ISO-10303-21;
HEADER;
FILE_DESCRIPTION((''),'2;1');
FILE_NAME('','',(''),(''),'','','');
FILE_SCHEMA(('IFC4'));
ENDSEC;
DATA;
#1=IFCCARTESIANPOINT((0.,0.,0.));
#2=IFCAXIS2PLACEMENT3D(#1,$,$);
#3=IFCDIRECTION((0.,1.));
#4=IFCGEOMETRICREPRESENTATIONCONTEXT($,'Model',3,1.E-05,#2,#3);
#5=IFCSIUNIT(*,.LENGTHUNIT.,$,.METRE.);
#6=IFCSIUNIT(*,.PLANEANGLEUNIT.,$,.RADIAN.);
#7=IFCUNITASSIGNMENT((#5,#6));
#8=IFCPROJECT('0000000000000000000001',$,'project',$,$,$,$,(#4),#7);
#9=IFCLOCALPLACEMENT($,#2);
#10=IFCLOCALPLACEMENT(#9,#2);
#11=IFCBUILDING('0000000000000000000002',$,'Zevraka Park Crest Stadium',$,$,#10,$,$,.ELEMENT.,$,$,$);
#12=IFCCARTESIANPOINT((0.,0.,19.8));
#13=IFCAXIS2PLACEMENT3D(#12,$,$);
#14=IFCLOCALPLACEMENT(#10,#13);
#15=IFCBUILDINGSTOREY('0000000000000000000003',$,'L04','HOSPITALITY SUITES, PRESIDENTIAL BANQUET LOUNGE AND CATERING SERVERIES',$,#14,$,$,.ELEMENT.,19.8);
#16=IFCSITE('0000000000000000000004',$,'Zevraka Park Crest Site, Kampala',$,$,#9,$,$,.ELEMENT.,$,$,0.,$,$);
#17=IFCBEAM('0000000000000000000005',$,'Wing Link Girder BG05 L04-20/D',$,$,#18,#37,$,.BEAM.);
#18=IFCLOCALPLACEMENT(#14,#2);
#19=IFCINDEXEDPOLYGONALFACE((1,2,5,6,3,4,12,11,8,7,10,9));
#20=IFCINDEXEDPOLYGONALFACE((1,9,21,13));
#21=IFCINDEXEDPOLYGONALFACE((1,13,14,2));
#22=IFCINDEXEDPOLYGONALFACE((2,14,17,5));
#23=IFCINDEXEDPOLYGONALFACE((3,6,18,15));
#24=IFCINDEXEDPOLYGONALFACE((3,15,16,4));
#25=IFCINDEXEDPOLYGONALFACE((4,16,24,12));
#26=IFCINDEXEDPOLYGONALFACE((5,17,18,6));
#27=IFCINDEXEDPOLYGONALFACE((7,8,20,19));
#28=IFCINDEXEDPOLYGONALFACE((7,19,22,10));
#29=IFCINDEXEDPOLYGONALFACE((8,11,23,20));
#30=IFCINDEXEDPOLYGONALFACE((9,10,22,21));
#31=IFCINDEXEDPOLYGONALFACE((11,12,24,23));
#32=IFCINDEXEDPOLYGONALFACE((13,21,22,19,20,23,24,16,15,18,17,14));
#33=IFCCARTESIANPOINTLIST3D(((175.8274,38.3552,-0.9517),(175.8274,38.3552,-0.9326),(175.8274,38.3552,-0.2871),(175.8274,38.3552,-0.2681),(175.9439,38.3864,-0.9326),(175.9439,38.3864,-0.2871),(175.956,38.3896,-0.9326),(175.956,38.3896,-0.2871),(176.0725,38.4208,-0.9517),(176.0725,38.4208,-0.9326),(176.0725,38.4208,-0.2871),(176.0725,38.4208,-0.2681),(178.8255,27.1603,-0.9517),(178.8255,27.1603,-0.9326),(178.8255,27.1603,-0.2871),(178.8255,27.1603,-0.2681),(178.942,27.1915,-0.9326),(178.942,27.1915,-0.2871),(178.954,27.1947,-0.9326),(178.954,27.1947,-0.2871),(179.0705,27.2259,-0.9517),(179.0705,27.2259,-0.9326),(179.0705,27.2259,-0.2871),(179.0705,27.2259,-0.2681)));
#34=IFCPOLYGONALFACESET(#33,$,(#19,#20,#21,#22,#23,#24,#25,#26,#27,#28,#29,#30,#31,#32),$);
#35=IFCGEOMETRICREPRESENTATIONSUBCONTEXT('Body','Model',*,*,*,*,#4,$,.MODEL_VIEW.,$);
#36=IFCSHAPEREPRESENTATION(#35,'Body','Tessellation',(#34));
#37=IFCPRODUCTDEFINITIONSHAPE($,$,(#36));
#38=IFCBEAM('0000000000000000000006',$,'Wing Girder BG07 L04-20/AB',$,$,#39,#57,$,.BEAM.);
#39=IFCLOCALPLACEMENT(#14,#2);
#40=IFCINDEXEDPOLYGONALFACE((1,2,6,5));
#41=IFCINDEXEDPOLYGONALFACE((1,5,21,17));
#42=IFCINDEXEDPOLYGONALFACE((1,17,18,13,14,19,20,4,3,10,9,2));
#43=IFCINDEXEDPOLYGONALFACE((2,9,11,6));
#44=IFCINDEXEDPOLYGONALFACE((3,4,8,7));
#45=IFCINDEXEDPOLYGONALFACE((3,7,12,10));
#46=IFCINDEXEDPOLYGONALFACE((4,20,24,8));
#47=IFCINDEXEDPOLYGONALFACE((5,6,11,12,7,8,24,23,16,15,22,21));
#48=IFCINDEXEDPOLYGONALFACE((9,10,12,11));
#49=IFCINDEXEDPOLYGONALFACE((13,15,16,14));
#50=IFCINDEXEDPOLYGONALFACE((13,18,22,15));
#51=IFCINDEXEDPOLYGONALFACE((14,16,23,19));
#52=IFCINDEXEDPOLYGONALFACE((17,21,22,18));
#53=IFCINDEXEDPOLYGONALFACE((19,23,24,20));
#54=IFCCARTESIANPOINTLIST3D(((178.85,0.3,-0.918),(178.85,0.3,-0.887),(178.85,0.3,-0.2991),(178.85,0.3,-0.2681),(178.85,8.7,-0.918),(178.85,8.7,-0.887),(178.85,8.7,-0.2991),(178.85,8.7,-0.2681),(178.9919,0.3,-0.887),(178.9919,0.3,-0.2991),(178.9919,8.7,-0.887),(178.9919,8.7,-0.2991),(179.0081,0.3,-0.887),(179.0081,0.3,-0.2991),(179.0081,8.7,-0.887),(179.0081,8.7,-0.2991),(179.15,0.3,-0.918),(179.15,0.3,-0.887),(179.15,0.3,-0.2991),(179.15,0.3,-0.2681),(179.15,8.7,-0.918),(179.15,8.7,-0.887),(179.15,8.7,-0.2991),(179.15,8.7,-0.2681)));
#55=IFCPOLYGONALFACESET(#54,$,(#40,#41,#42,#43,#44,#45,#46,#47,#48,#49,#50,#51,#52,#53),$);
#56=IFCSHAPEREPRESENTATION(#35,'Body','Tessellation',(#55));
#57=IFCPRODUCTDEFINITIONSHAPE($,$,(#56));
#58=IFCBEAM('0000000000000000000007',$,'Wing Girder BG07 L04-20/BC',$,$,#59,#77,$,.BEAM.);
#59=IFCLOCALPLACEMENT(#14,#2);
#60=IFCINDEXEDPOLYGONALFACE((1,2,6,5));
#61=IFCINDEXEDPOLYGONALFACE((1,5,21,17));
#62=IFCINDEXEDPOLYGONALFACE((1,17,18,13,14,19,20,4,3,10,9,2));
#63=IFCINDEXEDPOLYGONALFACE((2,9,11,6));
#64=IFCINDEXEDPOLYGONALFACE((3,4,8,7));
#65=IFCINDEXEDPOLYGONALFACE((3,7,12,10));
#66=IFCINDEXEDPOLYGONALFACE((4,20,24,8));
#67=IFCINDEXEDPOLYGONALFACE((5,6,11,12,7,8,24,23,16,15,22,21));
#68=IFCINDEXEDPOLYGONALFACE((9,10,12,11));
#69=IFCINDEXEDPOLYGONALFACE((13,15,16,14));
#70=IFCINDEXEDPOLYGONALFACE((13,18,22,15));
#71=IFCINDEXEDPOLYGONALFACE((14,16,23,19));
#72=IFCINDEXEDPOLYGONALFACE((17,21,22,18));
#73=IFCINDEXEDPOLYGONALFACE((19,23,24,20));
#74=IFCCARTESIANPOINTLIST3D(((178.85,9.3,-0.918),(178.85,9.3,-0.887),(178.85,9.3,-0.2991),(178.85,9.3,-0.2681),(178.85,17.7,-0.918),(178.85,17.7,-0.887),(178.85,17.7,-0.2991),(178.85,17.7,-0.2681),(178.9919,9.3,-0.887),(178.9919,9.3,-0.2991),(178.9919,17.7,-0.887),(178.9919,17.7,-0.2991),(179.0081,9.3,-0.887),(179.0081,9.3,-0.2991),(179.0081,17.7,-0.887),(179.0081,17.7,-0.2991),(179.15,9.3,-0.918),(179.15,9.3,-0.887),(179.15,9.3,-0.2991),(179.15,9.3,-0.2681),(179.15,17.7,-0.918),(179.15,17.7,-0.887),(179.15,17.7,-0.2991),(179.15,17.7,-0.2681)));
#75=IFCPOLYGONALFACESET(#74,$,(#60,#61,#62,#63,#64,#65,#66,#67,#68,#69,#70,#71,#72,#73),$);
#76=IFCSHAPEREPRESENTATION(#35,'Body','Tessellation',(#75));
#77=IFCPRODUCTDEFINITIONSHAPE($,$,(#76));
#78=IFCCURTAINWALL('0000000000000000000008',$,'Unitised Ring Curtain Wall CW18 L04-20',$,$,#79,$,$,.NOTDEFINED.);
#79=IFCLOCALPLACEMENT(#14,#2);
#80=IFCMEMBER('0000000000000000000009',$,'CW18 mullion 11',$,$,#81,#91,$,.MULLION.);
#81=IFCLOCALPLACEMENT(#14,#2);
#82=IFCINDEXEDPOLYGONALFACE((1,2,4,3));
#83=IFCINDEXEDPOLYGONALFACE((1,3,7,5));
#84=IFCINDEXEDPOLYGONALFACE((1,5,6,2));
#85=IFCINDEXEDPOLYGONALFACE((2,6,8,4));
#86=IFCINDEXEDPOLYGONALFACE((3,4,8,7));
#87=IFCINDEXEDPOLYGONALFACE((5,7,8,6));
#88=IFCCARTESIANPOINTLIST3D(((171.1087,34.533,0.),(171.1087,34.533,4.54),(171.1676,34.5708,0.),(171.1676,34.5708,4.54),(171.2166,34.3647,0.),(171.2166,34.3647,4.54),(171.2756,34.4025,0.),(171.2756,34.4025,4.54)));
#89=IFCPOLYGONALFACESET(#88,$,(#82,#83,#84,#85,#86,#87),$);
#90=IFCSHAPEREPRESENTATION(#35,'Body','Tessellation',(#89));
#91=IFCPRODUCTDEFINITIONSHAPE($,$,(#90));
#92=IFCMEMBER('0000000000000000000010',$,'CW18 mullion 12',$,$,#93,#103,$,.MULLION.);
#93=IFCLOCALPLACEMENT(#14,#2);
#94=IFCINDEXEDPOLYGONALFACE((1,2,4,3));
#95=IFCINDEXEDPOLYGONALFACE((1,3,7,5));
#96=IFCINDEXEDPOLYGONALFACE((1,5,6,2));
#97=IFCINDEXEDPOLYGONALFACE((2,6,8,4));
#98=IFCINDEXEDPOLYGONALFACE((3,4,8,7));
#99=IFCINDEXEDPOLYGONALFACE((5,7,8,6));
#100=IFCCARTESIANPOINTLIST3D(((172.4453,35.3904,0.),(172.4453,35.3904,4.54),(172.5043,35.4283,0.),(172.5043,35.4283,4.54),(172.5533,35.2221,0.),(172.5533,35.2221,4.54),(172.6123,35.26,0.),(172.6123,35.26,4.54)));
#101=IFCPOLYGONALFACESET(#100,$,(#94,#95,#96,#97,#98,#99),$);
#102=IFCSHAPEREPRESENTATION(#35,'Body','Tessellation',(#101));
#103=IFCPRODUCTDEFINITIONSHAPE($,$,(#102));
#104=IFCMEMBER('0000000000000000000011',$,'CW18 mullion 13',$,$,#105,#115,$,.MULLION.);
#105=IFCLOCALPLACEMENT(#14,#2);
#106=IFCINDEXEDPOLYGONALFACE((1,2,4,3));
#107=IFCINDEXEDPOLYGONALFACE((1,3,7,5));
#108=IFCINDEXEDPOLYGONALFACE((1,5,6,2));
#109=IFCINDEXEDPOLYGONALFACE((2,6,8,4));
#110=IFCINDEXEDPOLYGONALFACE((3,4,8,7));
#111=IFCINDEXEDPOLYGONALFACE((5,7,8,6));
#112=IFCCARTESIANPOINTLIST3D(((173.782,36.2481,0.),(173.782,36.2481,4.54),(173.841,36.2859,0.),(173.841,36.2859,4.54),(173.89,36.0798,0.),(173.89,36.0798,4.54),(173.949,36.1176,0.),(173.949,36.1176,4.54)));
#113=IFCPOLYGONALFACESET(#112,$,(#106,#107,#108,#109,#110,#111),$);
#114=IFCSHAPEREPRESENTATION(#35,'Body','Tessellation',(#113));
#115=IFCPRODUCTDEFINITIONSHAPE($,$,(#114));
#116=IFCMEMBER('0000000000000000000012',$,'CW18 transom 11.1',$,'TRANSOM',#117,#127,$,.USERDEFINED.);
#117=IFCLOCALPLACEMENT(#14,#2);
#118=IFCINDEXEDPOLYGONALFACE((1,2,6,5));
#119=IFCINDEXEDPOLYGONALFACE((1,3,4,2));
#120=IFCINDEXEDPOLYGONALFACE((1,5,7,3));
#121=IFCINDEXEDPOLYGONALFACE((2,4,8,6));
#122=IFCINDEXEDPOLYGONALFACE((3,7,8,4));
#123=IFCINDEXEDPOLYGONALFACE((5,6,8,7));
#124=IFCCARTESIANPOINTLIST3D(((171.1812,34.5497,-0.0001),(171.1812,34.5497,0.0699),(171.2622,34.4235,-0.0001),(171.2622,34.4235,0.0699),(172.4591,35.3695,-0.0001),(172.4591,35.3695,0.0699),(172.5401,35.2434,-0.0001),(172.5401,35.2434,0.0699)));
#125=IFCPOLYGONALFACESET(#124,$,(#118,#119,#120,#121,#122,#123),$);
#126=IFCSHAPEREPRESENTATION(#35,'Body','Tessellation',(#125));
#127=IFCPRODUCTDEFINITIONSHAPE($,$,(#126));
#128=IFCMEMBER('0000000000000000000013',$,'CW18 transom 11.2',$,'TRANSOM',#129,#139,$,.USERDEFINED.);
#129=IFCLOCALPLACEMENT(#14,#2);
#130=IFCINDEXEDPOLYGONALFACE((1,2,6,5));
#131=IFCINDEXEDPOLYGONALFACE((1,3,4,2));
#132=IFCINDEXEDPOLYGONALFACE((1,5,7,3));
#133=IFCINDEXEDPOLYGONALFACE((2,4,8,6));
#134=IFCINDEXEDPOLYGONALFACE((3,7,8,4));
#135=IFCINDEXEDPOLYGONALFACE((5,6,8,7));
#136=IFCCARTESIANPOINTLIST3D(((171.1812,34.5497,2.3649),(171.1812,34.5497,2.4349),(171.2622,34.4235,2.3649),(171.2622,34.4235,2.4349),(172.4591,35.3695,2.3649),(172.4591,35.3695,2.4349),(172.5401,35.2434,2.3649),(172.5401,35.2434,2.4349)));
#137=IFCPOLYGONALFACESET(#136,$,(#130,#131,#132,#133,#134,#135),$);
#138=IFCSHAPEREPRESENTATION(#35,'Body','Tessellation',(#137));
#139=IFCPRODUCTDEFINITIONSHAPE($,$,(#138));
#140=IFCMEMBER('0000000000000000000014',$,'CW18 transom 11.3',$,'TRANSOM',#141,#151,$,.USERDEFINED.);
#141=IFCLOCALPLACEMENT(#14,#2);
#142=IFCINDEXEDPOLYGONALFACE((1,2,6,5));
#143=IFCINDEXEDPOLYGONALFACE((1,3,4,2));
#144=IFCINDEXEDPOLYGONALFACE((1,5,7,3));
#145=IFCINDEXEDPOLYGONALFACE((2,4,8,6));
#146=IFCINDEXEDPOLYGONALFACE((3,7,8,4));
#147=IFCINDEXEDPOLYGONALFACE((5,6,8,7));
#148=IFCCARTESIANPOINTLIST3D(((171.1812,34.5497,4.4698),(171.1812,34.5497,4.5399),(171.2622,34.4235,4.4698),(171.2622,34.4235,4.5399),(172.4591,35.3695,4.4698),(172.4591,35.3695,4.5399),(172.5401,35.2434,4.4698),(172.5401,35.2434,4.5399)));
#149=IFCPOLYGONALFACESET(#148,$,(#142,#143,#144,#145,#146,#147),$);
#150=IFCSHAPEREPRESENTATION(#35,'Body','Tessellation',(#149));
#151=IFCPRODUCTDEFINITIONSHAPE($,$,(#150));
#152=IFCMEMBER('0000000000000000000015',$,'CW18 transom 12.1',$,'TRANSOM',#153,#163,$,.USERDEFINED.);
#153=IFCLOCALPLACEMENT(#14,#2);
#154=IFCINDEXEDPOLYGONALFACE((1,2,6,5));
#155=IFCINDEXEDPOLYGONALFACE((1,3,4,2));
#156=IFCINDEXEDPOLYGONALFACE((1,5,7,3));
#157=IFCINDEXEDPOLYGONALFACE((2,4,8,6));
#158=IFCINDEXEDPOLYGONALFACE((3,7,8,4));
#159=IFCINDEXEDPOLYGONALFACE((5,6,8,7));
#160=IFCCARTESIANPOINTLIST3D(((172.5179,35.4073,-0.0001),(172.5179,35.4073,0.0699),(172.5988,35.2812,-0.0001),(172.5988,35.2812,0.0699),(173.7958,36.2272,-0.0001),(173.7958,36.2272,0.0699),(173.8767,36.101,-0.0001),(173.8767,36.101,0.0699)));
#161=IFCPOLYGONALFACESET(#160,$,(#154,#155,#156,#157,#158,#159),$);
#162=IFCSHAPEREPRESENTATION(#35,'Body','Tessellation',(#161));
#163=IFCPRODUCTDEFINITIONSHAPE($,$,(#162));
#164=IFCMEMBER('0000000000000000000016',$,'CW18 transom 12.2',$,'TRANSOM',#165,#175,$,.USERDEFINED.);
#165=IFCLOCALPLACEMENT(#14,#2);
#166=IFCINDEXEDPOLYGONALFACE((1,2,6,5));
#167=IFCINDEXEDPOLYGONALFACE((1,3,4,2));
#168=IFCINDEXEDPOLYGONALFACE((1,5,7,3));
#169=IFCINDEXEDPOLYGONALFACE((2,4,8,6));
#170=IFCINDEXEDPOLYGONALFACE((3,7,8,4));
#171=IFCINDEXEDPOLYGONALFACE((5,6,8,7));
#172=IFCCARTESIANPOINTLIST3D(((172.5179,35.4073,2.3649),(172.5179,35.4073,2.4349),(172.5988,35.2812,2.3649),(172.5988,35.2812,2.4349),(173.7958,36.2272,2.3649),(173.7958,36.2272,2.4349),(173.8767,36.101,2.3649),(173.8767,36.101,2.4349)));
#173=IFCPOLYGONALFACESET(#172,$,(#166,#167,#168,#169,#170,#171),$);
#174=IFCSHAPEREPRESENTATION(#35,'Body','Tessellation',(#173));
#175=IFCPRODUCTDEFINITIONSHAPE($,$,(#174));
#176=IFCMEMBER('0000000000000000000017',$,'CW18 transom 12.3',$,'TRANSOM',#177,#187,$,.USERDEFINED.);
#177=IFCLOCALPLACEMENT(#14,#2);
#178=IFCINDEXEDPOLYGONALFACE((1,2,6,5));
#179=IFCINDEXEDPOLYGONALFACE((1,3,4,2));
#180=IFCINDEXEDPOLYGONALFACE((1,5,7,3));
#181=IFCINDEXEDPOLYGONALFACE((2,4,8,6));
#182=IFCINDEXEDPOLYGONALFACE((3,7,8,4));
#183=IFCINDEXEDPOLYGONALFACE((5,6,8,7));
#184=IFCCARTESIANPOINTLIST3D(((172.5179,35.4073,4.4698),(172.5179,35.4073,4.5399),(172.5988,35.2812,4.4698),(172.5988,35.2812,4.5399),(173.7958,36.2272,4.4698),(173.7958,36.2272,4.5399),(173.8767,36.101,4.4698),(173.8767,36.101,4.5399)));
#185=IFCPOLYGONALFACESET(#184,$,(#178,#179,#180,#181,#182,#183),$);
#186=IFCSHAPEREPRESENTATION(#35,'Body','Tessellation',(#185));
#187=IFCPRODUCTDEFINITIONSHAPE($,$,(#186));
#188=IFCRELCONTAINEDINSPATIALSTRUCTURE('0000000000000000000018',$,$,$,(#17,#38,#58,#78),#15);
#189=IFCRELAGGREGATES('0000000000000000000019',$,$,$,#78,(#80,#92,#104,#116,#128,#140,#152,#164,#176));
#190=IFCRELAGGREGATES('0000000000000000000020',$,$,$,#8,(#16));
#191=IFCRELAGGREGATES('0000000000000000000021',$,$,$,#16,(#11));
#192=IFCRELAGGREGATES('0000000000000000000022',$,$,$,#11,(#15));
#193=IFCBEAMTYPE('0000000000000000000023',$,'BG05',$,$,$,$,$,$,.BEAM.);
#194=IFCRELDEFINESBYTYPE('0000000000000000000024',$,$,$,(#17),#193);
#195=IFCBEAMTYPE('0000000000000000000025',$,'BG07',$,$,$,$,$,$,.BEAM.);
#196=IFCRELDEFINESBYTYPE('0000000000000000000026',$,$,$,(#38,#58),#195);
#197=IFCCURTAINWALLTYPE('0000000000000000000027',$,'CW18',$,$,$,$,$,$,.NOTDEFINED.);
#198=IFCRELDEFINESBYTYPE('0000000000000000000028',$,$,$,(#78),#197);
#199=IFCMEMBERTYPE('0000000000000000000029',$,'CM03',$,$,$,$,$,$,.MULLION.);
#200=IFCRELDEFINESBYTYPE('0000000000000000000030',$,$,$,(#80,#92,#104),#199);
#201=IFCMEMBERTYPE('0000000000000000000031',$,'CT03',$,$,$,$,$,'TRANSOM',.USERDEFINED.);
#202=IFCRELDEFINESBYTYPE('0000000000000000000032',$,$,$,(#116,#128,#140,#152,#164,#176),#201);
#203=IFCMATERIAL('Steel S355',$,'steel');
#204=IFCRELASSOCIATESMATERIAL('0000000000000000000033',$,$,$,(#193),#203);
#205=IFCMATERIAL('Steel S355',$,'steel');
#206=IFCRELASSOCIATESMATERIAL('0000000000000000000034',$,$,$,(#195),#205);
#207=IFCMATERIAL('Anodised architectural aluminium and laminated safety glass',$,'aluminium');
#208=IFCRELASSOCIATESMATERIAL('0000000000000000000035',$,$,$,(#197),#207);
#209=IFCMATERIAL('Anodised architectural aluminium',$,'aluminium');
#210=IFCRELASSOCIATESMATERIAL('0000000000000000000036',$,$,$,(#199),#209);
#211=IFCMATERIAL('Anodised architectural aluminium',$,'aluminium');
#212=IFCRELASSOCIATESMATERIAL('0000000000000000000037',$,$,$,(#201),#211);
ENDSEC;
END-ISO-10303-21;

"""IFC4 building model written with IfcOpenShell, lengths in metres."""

from ifc_helpers import new_model, si_unit, direction, frame, origin, origin_2d, place, context, subcontext, project, spatial, rectangle, i_section, extrude, material, material_profile, profile_set, type_object, element, aggregate, save


model = new_model("IFC4")

# Units and contexts
model_context = context("Model", 3, precision=1e-05, world=origin(), true_north=direction((0.0, 1.0)))
body_context = subcontext(model_context, "Body", "Model", "MODEL_VIEW")
ifc_project = project(units=[si_unit("LENGTHUNIT", "METRE"), si_unit("PLANEANGLEUNIT", "RADIAN")], contexts=[model_context])

# Site, building, storey
site_placement = place(None, origin())
site = spatial("IfcSite", under=ifc_project, at=site_placement, Name="Zevraka Park Crest Site, Kampala", CompositionType="ELEMENT", RefElevation=0.0)
building_placement = place(site_placement, origin())
building = spatial("IfcBuilding", under=site, at=building_placement, Name="Zevraka Park Crest Stadium", CompositionType="ELEMENT")
storey_placement = place(building_placement, frame((0.0, 0.0, 19.8)))
storey = spatial("IfcBuildingStorey", under=building, at=storey_placement, Name="L04", Description="HOSPITALITY SUITES, PRESIDENTIAL BANQUET LOUNGE AND CATERING SERVERIES", CompositionType="ELEMENT", Elevation=19.8)

# Beams
ifc_material_1 = material(Name="Steel S355", Category="steel")
ifc_material_profile_1 = material_profile(ifc_material_1, i_section(OverallWidth=0.2537, OverallDepth=0.6836, WebThickness=0.0125, FlangeThickness=0.019, at=origin_2d()), Name="UKB 686x254x140")
ifc_profile_set_1 = profile_set([ifc_material_profile_1], Name="Steel S355")
beam_type_1 = type_object("IfcBeamType", Name="BG05", PredefinedType="BEAM", material=ifc_profile_set_1)
beam_placement = place(storey_placement, frame((178.948, 27.1931, -0.6099), z_axis=(-0.25869, 0.96596, 0.0), x_axis=(-0.96596, -0.25869, 0.0)))
element("IfcBeam", 1, at=beam_placement, inside=storey, type_object=beam_type_1, Name="Wing Link Girder BG05 L04-20/D", PredefinedType="BEAM", context=body_context, shape_type="SweptSolid", body=[
    extrude(i_section(OverallWidth=0.2537, OverallDepth=0.6836, WebThickness=0.0125, FlangeThickness=0.019, at=origin_2d()), origin(), (0.0, 0.0, 1.0), 11.5894),
])
ifc_material_2 = material(Name="Steel S355", Category="steel")
ifc_material_profile_2 = material_profile(ifc_material_2, i_section(OverallWidth=0.3, OverallDepth=0.6499, WebThickness=0.0161, FlangeThickness=0.031, at=origin_2d()), Name="HEB 650")
ifc_profile_set_2 = profile_set([ifc_material_profile_2], Name="Steel S355")
beam_type_2 = type_object("IfcBeamType", Name="BG07", PredefinedType="BEAM", material=ifc_profile_set_2)
for number, where, z_axis, x_axis, name in (
    (2, (179.0, 0.3, -0.593), (0.0, 1.0, 0.0), (-1.0, 0.0, 0.0), "Wing Girder BG07 L04-20/AB"),
    (3, (179.0, 9.3, -0.593), (0.0, 1.0, 0.0), (-1.0, 0.0, 0.0), "Wing Girder BG07 L04-20/BC"),
):
    element("IfcBeam", number, at=place(storey_placement, frame(where, z_axis=z_axis, x_axis=x_axis)), inside=storey, type_object=beam_type_2, Name=name, PredefinedType="BEAM", context=body_context, shape_type="SweptSolid", body=[
        extrude(i_section(OverallWidth=0.3, OverallDepth=0.6499, WebThickness=0.0161, FlangeThickness=0.031, at=origin_2d()), origin(), (0.0, 0.0, 1.0), 8.3999),
    ])

# Curtain wall, members
ifc_material_3 = material(Name="Anodised architectural aluminium and laminated safety glass", Category="aluminium")
curtain_wall_type = type_object("IfcCurtainWallType", Name="CW18", PredefinedType="NOTDEFINED", material=ifc_material_3)
curtain_wall_placement = place(storey_placement, origin())
curtain_wall = element("IfcCurtainWall", 4, at=curtain_wall_placement, inside=storey, type_object=curtain_wall_type, Name="Unitised Ring Curtain Wall CW18 L04-20", PredefinedType="NOTDEFINED")
ifc_material_4 = material(Name="Anodised architectural aluminium", Category="aluminium")
ifc_material_profile_3 = material_profile(ifc_material_4, rectangle(XDim=0.2, YDim=0.0701, at=origin_2d()), Name="ALU MULLION 200x70")
ifc_profile_set_3 = profile_set([ifc_material_profile_3], Name="Anodised architectural aluminium")
member_type_1 = type_object("IfcMemberType", Name="CM03", PredefinedType="MULLION", material=ifc_profile_set_3)
member_1_placement = place(storey_placement, frame((171.1921, 34.4678, 0.0), z_axis=(0.0, 0.0, 1.0), x_axis=(-0.53998, 0.841678, 0.0)))
member_1 = element("IfcMember", 5, at=member_1_placement, type_object=member_type_1, Name="CW18 mullion 11", PredefinedType="MULLION", context=body_context, shape_type="SweptSolid", body=[
    extrude(rectangle(XDim=0.2, YDim=0.0701, at=origin_2d()), origin(), (0.0, 0.0, 1.0), 4.54),
])
member_2_placement = place(storey_placement, frame((172.5288, 35.3252, 0.0), z_axis=(0.0, 0.0, 1.0), x_axis=(-0.53998, 0.841678, 0.0)))
member_2 = element("IfcMember", 6, at=member_2_placement, type_object=member_type_1, Name="CW18 mullion 12", PredefinedType="MULLION", context=body_context, shape_type="SweptSolid", body=[
    extrude(rectangle(XDim=0.2, YDim=0.0701, at=origin_2d()), origin(), (0.0, 0.0, 1.0), 4.54),
])
member_3_placement = place(storey_placement, frame((173.8655, 36.1829, 0.0), z_axis=(0.0, 0.0, 1.0), x_axis=(-0.53998, 0.841678, 0.0)))
member_3 = element("IfcMember", 7, at=member_3_placement, type_object=member_type_1, Name="CW18 mullion 13", PredefinedType="MULLION", context=body_context, shape_type="SweptSolid", body=[
    extrude(rectangle(XDim=0.2, YDim=0.0701, at=origin_2d()), origin(), (0.0, 0.0, 1.0), 4.54),
])
ifc_material_5 = material(Name="Anodised architectural aluminium", Category="aluminium")
ifc_material_profile_4 = material_profile(ifc_material_5, rectangle(XDim=0.1499, YDim=0.0701, at=origin_2d()), Name="ALU TRANSOM 150x70")
ifc_profile_set_4 = profile_set([ifc_material_profile_4], Name="Anodised architectural aluminium")
member_type_2 = type_object("IfcMemberType", Name="CT03", ElementType="TRANSOM", PredefinedType="USERDEFINED", material=ifc_profile_set_4)
member_4_placement = place(storey_placement, frame((171.2217, 34.4866, 0.0349), z_axis=(0.841669, 0.539993, 0.0), x_axis=(-0.539993, 0.841669, 0.0)))
member_4 = element("IfcMember", 8, at=member_4_placement, type_object=member_type_2, Name="CW18 transom 11.1", ObjectType="TRANSOM", PredefinedType="USERDEFINED", context=body_context, shape_type="SweptSolid", body=[
    extrude(rectangle(XDim=0.1499, YDim=0.0701, at=origin_2d()), origin(), (0.0, 0.0, 1.0), 1.5183),
])
member_5_placement = place(storey_placement, frame((171.2217, 34.4866, 2.3999), z_axis=(0.841669, 0.539993, 0.0), x_axis=(-0.539993, 0.841669, 0.0)))
member_5 = element("IfcMember", 9, at=member_5_placement, type_object=member_type_2, Name="CW18 transom 11.2", ObjectType="TRANSOM", PredefinedType="USERDEFINED", context=body_context, shape_type="SweptSolid", body=[
    extrude(rectangle(XDim=0.1499, YDim=0.0701, at=origin_2d()), origin(), (0.0, 0.0, 1.0), 1.5183),
])
member_6_placement = place(storey_placement, frame((171.2217, 34.4866, 4.5049), z_axis=(0.841669, 0.539993, 0.0), x_axis=(-0.539993, 0.841669, 0.0)))
member_6 = element("IfcMember", 10, at=member_6_placement, type_object=member_type_2, Name="CW18 transom 11.3", ObjectType="TRANSOM", PredefinedType="USERDEFINED", context=body_context, shape_type="SweptSolid", body=[
    extrude(rectangle(XDim=0.1499, YDim=0.0701, at=origin_2d()), origin(), (0.0, 0.0, 1.0), 1.5183),
])
member_7_placement = place(storey_placement, frame((172.5583, 35.3442, 0.0349), z_axis=(0.841669, 0.539993, 0.0), x_axis=(-0.539993, 0.841669, 0.0)))
member_7 = element("IfcMember", 11, at=member_7_placement, type_object=member_type_2, Name="CW18 transom 12.1", ObjectType="TRANSOM", PredefinedType="USERDEFINED", context=body_context, shape_type="SweptSolid", body=[
    extrude(rectangle(XDim=0.1499, YDim=0.0701, at=origin_2d()), origin(), (0.0, 0.0, 1.0), 1.5183),
])
member_8_placement = place(storey_placement, frame((172.5583, 35.3442, 2.3999), z_axis=(0.841669, 0.539993, 0.0), x_axis=(-0.539993, 0.841669, 0.0)))
member_8 = element("IfcMember", 12, at=member_8_placement, type_object=member_type_2, Name="CW18 transom 12.2", ObjectType="TRANSOM", PredefinedType="USERDEFINED", context=body_context, shape_type="SweptSolid", body=[
    extrude(rectangle(XDim=0.1499, YDim=0.0701, at=origin_2d()), origin(), (0.0, 0.0, 1.0), 1.5183),
])
member_9_placement = place(storey_placement, frame((172.5583, 35.3442, 4.5049), z_axis=(0.841669, 0.539993, 0.0), x_axis=(-0.539993, 0.841669, 0.0)))
member_9 = element("IfcMember", 13, at=member_9_placement, type_object=member_type_2, Name="CW18 transom 12.3", ObjectType="TRANSOM", PredefinedType="USERDEFINED", context=body_context, shape_type="SweptSolid", body=[
    extrude(rectangle(XDim=0.1499, YDim=0.0701, at=origin_2d()), origin(), (0.0, 0.0, 1.0), 1.5183),
])
aggregate(curtain_wall, [member_1, member_2, member_3, member_4, member_5, member_6, member_7, member_8, member_9])

save(model, "model.ifc")
